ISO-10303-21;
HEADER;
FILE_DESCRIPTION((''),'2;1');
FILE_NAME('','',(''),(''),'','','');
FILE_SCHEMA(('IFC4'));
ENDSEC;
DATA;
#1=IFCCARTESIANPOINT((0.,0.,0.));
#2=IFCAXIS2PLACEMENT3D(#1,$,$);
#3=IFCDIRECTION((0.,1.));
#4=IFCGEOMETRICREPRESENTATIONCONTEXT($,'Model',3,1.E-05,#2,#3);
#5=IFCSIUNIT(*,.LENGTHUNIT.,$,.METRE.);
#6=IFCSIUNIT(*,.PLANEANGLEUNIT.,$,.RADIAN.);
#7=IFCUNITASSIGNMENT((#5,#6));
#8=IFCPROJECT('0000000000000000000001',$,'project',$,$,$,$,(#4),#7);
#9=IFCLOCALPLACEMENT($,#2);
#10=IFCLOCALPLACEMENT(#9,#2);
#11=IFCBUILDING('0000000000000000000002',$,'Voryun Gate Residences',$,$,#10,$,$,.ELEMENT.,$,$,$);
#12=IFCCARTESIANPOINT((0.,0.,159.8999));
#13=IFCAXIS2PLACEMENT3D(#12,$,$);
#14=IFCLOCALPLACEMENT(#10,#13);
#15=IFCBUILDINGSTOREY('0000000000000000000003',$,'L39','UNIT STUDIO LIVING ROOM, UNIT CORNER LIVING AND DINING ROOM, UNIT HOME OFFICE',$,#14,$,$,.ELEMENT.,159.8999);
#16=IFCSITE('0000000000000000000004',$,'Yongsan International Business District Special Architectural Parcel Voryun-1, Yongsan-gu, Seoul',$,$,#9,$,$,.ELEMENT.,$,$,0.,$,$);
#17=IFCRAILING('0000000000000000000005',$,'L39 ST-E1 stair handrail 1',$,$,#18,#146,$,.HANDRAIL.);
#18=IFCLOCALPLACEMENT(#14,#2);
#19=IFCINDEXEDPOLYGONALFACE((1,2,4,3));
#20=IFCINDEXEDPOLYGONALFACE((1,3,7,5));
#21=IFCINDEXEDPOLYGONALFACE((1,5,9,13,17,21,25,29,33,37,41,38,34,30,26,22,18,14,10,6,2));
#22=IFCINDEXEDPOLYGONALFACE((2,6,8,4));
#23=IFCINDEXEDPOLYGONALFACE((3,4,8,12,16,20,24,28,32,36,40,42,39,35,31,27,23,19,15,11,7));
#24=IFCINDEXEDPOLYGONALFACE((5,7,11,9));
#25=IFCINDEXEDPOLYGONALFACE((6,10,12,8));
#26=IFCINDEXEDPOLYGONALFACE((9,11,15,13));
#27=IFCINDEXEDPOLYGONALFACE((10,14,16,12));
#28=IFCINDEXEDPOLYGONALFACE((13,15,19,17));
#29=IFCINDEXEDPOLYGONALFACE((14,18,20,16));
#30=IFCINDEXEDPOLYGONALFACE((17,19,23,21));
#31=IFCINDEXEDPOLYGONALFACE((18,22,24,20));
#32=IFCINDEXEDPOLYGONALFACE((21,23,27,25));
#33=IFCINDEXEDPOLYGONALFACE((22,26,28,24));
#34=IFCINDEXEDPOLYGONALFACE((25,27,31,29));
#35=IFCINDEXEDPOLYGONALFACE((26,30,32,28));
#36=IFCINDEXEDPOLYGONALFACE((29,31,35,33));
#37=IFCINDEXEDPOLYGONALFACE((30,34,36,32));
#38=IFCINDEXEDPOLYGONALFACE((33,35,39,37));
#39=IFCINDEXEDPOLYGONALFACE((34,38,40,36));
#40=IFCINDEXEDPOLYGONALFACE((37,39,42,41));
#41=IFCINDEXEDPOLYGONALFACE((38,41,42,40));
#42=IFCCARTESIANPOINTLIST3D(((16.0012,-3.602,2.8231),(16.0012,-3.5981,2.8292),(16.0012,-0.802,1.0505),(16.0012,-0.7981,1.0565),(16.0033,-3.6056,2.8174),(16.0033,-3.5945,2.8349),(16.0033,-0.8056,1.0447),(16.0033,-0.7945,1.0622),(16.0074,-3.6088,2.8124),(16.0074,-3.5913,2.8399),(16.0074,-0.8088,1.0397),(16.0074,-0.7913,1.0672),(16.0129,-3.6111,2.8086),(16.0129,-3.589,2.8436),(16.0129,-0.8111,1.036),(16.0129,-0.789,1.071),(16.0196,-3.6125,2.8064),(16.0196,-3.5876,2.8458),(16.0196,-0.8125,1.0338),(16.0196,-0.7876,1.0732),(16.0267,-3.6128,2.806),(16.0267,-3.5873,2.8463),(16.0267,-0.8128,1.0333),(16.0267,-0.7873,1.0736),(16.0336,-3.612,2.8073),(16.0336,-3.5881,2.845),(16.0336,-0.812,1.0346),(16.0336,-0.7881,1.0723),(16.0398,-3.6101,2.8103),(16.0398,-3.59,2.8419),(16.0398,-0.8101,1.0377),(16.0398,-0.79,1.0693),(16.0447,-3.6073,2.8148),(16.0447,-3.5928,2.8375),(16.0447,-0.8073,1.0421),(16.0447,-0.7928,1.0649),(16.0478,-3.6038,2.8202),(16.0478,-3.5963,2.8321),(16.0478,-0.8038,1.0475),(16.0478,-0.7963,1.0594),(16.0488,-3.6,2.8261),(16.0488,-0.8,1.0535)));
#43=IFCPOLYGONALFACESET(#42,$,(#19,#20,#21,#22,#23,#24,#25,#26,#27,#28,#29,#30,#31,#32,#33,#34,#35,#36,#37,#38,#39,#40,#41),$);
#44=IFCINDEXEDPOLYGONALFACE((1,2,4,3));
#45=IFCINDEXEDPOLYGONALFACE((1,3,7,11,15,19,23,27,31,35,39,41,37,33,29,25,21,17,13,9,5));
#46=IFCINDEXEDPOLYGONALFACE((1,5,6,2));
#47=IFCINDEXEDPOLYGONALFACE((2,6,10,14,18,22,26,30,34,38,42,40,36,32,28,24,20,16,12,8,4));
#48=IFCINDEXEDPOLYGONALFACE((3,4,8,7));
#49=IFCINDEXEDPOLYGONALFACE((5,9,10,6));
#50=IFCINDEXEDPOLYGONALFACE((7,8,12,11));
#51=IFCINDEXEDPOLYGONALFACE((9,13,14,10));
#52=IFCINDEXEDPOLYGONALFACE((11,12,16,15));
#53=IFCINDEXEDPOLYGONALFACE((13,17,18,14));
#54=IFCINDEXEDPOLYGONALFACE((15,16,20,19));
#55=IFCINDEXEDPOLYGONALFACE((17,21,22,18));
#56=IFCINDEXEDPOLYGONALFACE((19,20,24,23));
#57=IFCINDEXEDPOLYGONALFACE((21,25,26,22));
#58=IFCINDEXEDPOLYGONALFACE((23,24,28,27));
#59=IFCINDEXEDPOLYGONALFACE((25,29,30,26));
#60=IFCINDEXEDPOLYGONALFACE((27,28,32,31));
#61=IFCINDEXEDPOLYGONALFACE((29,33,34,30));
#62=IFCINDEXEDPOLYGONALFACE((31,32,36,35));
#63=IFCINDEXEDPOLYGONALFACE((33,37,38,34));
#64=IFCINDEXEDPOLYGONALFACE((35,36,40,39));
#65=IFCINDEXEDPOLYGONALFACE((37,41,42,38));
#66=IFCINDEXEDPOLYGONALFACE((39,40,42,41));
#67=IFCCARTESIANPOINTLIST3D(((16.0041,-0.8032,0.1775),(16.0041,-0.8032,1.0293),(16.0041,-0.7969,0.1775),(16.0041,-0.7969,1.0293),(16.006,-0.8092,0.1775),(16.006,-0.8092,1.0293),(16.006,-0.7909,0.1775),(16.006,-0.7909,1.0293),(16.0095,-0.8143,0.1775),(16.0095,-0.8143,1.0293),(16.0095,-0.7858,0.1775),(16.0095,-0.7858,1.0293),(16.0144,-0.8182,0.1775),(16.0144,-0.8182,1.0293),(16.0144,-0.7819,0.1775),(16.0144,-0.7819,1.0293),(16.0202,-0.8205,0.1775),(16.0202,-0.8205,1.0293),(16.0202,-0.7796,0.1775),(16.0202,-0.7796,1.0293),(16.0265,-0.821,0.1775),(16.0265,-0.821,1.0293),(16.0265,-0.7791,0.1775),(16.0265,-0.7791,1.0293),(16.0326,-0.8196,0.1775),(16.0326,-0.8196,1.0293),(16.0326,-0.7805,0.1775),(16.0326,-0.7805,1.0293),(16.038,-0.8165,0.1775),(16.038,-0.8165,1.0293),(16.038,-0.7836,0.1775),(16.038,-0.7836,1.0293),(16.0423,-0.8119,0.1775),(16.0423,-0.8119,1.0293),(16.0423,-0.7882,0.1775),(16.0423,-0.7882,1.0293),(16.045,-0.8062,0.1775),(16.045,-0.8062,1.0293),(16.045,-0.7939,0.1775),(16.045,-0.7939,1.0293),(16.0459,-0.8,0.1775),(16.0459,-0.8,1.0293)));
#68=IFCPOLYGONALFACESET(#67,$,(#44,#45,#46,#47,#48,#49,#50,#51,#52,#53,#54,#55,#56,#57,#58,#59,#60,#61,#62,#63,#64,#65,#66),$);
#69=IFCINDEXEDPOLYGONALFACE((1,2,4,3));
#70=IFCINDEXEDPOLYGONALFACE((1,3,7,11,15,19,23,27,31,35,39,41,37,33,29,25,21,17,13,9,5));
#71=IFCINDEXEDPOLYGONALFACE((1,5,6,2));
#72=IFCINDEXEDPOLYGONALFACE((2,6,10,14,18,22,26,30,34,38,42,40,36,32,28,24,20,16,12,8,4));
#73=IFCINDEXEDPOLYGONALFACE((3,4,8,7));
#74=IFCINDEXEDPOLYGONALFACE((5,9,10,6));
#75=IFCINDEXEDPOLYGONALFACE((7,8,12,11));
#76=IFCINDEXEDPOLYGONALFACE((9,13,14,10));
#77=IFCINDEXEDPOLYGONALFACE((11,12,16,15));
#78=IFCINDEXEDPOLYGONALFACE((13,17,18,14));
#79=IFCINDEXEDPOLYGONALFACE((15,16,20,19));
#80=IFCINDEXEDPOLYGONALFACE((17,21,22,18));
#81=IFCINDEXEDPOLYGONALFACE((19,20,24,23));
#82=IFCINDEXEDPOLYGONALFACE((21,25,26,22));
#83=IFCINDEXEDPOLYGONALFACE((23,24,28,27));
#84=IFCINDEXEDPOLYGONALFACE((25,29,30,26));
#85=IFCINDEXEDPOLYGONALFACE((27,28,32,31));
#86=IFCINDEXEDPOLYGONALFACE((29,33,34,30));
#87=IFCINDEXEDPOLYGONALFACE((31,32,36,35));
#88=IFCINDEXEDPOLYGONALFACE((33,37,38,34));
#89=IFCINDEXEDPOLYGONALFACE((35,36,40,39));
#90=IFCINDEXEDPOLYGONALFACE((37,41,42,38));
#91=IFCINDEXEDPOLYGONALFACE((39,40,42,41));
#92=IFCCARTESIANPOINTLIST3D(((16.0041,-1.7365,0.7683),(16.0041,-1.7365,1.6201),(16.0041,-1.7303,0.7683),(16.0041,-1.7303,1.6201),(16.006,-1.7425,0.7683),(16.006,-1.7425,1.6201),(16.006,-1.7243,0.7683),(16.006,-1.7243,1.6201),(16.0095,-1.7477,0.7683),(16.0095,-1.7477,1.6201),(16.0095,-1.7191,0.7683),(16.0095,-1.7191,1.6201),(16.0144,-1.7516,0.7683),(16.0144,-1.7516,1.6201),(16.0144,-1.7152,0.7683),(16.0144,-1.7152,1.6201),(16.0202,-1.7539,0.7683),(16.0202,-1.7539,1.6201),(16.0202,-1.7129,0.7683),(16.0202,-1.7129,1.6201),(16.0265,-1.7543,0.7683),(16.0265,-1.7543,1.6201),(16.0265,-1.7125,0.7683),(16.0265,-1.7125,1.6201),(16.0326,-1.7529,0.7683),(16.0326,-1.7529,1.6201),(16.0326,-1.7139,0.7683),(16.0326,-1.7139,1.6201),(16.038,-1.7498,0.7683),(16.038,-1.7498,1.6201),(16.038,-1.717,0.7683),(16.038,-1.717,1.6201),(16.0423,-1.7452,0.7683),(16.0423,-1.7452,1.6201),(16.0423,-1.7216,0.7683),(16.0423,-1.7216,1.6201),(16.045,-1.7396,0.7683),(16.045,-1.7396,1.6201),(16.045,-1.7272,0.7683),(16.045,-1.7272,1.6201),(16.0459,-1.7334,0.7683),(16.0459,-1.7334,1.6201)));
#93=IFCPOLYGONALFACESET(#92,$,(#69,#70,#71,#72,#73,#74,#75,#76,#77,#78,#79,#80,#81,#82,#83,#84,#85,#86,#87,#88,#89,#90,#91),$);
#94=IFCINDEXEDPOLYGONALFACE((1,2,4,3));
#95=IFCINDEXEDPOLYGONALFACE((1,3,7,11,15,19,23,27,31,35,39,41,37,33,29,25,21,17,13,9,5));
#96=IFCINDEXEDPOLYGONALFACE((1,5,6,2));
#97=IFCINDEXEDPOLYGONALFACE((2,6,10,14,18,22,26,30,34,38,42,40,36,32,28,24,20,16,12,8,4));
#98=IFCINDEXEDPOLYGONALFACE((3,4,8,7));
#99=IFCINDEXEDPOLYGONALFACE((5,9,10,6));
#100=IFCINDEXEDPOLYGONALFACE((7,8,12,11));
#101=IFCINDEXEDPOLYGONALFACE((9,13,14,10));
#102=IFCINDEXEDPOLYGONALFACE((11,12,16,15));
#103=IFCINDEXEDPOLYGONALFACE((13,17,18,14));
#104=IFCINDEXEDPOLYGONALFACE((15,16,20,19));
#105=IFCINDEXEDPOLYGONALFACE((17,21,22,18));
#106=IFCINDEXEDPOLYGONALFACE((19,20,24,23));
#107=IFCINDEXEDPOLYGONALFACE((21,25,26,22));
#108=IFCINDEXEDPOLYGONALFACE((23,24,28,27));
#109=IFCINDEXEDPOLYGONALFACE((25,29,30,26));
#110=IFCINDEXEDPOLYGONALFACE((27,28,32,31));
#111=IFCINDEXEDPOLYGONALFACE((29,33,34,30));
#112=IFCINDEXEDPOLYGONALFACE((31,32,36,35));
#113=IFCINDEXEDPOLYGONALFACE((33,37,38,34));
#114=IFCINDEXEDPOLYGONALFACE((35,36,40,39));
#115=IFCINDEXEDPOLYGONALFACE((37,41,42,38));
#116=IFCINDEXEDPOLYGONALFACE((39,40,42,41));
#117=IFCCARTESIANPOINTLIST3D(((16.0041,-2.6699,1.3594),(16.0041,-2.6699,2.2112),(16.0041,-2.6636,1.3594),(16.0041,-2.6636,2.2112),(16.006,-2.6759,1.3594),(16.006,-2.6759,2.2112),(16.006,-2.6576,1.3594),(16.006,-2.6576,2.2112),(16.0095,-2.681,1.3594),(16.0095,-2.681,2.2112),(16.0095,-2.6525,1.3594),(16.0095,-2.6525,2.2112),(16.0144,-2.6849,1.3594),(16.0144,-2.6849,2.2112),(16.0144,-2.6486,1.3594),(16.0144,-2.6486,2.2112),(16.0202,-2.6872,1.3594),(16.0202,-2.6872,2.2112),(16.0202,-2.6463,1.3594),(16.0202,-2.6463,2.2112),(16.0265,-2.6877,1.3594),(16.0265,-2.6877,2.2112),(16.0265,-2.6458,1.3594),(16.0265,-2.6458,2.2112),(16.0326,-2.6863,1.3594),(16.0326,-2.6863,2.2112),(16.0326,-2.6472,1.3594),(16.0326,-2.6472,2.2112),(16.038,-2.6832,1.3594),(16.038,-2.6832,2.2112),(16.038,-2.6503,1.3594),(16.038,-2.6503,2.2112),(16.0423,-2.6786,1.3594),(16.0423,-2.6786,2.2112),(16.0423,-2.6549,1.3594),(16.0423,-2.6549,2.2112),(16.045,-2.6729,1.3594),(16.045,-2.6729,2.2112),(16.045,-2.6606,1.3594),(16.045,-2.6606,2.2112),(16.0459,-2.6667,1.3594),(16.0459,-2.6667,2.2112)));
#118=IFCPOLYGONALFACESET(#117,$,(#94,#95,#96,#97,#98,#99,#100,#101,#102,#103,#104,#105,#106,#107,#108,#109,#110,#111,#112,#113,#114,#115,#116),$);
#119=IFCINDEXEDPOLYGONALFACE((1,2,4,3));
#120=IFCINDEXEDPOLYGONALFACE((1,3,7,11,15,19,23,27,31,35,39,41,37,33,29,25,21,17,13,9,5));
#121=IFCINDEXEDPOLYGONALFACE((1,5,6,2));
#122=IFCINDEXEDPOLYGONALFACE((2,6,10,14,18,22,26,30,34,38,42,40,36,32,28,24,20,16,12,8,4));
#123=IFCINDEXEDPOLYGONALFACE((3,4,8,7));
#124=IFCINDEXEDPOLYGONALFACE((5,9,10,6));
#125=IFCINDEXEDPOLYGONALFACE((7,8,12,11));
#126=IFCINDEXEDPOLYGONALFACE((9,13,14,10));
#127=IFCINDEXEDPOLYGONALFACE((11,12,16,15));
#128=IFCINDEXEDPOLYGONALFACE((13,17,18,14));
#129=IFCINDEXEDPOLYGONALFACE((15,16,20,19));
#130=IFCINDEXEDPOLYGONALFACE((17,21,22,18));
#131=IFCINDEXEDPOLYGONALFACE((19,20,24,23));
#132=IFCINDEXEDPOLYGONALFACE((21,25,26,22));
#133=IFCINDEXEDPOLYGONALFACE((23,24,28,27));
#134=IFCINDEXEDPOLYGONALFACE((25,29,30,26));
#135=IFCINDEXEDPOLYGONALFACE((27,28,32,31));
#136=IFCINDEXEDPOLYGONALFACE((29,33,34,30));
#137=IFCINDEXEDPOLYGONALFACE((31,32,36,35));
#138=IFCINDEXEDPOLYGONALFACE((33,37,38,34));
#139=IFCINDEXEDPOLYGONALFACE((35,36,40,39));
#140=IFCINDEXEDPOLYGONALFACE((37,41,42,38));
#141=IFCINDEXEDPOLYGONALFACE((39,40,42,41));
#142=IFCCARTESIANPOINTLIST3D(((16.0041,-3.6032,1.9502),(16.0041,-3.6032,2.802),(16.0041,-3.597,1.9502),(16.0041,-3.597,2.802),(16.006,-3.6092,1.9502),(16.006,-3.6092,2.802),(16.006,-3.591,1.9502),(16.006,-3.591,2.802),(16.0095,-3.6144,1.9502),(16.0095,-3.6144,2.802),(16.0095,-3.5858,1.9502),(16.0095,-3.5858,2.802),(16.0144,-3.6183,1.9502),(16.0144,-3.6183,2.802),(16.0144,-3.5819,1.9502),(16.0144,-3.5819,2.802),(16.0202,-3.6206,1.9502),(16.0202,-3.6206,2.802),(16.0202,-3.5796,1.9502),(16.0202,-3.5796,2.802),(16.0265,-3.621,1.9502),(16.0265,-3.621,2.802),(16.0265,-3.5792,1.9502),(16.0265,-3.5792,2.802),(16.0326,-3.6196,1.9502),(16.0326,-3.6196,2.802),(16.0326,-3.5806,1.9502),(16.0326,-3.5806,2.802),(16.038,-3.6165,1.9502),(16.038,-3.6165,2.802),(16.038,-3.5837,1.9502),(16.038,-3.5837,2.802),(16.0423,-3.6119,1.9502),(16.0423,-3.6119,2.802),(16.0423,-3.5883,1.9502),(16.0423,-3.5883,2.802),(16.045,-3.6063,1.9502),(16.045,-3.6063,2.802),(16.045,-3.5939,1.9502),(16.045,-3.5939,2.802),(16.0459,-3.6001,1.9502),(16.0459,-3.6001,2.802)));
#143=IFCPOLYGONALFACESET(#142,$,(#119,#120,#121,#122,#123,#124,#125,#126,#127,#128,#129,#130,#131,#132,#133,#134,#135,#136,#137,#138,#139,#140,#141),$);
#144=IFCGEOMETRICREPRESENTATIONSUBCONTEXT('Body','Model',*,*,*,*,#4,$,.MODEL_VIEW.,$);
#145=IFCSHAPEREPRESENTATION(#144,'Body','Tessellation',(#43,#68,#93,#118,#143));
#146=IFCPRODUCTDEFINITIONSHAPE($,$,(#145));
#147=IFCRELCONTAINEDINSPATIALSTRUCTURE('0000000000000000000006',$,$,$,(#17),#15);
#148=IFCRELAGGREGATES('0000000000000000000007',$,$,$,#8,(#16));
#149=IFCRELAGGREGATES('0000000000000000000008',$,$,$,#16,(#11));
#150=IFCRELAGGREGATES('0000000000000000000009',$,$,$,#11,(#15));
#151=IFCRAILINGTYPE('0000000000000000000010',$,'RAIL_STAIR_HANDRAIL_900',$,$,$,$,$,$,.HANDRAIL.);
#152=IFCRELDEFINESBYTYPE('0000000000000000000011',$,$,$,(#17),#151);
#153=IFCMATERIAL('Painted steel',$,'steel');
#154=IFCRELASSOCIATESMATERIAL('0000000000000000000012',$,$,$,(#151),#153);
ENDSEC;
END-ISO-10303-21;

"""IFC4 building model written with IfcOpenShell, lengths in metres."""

from ifc_helpers import new_model, si_unit, direction, frame, origin, origin_2d, place, context, subcontext, project, spatial, circle, extrude, material, type_object, element, save


model = new_model("IFC4")

# Units and contexts
model_context = context("Model", 3, precision=1e-05, world=origin(), true_north=direction((0.0, 1.0)))
body_context = subcontext(model_context, "Body", "Model", "MODEL_VIEW")
ifc_project = project(units=[si_unit("LENGTHUNIT", "METRE"), si_unit("PLANEANGLEUNIT", "RADIAN")], contexts=[model_context])

# Site, building, storey
site_placement = place(None, origin())
site = spatial("IfcSite", under=ifc_project, at=site_placement, Name="Yongsan International Business District Special Architectural Parcel Voryun-1, Yongsan-gu, Seoul", CompositionType="ELEMENT", RefElevation=0.0)
building_placement = place(site_placement, origin())
building = spatial("IfcBuilding", under=site, at=building_placement, Name="Voryun Gate Residences", CompositionType="ELEMENT")
storey_placement = place(building_placement, frame((0.0, 0.0, 159.8999)))
storey = spatial("IfcBuildingStorey", under=building, at=storey_placement, Name="L39", Description="UNIT STUDIO LIVING ROOM, UNIT CORNER LIVING AND DINING ROOM, UNIT HOME OFFICE", CompositionType="ELEMENT", Elevation=159.8999)

# Railing
ifc_material_1 = material(Name="Painted steel", Category="steel")
railing_type_1 = type_object("IfcRailingType", Name="RAIL_STAIR_HANDRAIL_900", PredefinedType="HANDRAIL", material=ifc_material_1)
railing_1_placement = place(storey_placement, frame((16.0249, -0.8, 0.1775)))
element("IfcRailing", 1, at=railing_1_placement, inside=storey, type_object=railing_type_1, Name="L39 ST-E1 stair handrail 1", PredefinedType="HANDRAIL", context=body_context, shape_type="SweptSolid", body=[
    extrude(circle(Radius=0.0239, at=origin_2d()), frame((0.0, 0.0, 0.876), z_axis=(0.0, -0.844909, 0.53491), x_axis=(1.0, 0.0, 0.0)), (0.0, 0.0, 1.0), 3.314),
    extrude(circle(Radius=0.021, at=origin_2d()), origin(), (0.0, 0.0, 1.0), 0.8518),
    extrude(circle(Radius=0.021, at=origin_2d()), frame((0.0, -0.9333, 0.5908)), (0.0, 0.0, 1.0), 0.8518),
    extrude(circle(Radius=0.021, at=origin_2d()), frame((0.0, -1.8667, 1.1819)), (0.0, 0.0, 1.0), 0.8518),
    extrude(circle(Radius=0.021, at=origin_2d()), frame((0.0, -2.8, 1.7727)), (0.0, 0.0, 1.0), 0.8518),
])

save(model, "model.ifc")
